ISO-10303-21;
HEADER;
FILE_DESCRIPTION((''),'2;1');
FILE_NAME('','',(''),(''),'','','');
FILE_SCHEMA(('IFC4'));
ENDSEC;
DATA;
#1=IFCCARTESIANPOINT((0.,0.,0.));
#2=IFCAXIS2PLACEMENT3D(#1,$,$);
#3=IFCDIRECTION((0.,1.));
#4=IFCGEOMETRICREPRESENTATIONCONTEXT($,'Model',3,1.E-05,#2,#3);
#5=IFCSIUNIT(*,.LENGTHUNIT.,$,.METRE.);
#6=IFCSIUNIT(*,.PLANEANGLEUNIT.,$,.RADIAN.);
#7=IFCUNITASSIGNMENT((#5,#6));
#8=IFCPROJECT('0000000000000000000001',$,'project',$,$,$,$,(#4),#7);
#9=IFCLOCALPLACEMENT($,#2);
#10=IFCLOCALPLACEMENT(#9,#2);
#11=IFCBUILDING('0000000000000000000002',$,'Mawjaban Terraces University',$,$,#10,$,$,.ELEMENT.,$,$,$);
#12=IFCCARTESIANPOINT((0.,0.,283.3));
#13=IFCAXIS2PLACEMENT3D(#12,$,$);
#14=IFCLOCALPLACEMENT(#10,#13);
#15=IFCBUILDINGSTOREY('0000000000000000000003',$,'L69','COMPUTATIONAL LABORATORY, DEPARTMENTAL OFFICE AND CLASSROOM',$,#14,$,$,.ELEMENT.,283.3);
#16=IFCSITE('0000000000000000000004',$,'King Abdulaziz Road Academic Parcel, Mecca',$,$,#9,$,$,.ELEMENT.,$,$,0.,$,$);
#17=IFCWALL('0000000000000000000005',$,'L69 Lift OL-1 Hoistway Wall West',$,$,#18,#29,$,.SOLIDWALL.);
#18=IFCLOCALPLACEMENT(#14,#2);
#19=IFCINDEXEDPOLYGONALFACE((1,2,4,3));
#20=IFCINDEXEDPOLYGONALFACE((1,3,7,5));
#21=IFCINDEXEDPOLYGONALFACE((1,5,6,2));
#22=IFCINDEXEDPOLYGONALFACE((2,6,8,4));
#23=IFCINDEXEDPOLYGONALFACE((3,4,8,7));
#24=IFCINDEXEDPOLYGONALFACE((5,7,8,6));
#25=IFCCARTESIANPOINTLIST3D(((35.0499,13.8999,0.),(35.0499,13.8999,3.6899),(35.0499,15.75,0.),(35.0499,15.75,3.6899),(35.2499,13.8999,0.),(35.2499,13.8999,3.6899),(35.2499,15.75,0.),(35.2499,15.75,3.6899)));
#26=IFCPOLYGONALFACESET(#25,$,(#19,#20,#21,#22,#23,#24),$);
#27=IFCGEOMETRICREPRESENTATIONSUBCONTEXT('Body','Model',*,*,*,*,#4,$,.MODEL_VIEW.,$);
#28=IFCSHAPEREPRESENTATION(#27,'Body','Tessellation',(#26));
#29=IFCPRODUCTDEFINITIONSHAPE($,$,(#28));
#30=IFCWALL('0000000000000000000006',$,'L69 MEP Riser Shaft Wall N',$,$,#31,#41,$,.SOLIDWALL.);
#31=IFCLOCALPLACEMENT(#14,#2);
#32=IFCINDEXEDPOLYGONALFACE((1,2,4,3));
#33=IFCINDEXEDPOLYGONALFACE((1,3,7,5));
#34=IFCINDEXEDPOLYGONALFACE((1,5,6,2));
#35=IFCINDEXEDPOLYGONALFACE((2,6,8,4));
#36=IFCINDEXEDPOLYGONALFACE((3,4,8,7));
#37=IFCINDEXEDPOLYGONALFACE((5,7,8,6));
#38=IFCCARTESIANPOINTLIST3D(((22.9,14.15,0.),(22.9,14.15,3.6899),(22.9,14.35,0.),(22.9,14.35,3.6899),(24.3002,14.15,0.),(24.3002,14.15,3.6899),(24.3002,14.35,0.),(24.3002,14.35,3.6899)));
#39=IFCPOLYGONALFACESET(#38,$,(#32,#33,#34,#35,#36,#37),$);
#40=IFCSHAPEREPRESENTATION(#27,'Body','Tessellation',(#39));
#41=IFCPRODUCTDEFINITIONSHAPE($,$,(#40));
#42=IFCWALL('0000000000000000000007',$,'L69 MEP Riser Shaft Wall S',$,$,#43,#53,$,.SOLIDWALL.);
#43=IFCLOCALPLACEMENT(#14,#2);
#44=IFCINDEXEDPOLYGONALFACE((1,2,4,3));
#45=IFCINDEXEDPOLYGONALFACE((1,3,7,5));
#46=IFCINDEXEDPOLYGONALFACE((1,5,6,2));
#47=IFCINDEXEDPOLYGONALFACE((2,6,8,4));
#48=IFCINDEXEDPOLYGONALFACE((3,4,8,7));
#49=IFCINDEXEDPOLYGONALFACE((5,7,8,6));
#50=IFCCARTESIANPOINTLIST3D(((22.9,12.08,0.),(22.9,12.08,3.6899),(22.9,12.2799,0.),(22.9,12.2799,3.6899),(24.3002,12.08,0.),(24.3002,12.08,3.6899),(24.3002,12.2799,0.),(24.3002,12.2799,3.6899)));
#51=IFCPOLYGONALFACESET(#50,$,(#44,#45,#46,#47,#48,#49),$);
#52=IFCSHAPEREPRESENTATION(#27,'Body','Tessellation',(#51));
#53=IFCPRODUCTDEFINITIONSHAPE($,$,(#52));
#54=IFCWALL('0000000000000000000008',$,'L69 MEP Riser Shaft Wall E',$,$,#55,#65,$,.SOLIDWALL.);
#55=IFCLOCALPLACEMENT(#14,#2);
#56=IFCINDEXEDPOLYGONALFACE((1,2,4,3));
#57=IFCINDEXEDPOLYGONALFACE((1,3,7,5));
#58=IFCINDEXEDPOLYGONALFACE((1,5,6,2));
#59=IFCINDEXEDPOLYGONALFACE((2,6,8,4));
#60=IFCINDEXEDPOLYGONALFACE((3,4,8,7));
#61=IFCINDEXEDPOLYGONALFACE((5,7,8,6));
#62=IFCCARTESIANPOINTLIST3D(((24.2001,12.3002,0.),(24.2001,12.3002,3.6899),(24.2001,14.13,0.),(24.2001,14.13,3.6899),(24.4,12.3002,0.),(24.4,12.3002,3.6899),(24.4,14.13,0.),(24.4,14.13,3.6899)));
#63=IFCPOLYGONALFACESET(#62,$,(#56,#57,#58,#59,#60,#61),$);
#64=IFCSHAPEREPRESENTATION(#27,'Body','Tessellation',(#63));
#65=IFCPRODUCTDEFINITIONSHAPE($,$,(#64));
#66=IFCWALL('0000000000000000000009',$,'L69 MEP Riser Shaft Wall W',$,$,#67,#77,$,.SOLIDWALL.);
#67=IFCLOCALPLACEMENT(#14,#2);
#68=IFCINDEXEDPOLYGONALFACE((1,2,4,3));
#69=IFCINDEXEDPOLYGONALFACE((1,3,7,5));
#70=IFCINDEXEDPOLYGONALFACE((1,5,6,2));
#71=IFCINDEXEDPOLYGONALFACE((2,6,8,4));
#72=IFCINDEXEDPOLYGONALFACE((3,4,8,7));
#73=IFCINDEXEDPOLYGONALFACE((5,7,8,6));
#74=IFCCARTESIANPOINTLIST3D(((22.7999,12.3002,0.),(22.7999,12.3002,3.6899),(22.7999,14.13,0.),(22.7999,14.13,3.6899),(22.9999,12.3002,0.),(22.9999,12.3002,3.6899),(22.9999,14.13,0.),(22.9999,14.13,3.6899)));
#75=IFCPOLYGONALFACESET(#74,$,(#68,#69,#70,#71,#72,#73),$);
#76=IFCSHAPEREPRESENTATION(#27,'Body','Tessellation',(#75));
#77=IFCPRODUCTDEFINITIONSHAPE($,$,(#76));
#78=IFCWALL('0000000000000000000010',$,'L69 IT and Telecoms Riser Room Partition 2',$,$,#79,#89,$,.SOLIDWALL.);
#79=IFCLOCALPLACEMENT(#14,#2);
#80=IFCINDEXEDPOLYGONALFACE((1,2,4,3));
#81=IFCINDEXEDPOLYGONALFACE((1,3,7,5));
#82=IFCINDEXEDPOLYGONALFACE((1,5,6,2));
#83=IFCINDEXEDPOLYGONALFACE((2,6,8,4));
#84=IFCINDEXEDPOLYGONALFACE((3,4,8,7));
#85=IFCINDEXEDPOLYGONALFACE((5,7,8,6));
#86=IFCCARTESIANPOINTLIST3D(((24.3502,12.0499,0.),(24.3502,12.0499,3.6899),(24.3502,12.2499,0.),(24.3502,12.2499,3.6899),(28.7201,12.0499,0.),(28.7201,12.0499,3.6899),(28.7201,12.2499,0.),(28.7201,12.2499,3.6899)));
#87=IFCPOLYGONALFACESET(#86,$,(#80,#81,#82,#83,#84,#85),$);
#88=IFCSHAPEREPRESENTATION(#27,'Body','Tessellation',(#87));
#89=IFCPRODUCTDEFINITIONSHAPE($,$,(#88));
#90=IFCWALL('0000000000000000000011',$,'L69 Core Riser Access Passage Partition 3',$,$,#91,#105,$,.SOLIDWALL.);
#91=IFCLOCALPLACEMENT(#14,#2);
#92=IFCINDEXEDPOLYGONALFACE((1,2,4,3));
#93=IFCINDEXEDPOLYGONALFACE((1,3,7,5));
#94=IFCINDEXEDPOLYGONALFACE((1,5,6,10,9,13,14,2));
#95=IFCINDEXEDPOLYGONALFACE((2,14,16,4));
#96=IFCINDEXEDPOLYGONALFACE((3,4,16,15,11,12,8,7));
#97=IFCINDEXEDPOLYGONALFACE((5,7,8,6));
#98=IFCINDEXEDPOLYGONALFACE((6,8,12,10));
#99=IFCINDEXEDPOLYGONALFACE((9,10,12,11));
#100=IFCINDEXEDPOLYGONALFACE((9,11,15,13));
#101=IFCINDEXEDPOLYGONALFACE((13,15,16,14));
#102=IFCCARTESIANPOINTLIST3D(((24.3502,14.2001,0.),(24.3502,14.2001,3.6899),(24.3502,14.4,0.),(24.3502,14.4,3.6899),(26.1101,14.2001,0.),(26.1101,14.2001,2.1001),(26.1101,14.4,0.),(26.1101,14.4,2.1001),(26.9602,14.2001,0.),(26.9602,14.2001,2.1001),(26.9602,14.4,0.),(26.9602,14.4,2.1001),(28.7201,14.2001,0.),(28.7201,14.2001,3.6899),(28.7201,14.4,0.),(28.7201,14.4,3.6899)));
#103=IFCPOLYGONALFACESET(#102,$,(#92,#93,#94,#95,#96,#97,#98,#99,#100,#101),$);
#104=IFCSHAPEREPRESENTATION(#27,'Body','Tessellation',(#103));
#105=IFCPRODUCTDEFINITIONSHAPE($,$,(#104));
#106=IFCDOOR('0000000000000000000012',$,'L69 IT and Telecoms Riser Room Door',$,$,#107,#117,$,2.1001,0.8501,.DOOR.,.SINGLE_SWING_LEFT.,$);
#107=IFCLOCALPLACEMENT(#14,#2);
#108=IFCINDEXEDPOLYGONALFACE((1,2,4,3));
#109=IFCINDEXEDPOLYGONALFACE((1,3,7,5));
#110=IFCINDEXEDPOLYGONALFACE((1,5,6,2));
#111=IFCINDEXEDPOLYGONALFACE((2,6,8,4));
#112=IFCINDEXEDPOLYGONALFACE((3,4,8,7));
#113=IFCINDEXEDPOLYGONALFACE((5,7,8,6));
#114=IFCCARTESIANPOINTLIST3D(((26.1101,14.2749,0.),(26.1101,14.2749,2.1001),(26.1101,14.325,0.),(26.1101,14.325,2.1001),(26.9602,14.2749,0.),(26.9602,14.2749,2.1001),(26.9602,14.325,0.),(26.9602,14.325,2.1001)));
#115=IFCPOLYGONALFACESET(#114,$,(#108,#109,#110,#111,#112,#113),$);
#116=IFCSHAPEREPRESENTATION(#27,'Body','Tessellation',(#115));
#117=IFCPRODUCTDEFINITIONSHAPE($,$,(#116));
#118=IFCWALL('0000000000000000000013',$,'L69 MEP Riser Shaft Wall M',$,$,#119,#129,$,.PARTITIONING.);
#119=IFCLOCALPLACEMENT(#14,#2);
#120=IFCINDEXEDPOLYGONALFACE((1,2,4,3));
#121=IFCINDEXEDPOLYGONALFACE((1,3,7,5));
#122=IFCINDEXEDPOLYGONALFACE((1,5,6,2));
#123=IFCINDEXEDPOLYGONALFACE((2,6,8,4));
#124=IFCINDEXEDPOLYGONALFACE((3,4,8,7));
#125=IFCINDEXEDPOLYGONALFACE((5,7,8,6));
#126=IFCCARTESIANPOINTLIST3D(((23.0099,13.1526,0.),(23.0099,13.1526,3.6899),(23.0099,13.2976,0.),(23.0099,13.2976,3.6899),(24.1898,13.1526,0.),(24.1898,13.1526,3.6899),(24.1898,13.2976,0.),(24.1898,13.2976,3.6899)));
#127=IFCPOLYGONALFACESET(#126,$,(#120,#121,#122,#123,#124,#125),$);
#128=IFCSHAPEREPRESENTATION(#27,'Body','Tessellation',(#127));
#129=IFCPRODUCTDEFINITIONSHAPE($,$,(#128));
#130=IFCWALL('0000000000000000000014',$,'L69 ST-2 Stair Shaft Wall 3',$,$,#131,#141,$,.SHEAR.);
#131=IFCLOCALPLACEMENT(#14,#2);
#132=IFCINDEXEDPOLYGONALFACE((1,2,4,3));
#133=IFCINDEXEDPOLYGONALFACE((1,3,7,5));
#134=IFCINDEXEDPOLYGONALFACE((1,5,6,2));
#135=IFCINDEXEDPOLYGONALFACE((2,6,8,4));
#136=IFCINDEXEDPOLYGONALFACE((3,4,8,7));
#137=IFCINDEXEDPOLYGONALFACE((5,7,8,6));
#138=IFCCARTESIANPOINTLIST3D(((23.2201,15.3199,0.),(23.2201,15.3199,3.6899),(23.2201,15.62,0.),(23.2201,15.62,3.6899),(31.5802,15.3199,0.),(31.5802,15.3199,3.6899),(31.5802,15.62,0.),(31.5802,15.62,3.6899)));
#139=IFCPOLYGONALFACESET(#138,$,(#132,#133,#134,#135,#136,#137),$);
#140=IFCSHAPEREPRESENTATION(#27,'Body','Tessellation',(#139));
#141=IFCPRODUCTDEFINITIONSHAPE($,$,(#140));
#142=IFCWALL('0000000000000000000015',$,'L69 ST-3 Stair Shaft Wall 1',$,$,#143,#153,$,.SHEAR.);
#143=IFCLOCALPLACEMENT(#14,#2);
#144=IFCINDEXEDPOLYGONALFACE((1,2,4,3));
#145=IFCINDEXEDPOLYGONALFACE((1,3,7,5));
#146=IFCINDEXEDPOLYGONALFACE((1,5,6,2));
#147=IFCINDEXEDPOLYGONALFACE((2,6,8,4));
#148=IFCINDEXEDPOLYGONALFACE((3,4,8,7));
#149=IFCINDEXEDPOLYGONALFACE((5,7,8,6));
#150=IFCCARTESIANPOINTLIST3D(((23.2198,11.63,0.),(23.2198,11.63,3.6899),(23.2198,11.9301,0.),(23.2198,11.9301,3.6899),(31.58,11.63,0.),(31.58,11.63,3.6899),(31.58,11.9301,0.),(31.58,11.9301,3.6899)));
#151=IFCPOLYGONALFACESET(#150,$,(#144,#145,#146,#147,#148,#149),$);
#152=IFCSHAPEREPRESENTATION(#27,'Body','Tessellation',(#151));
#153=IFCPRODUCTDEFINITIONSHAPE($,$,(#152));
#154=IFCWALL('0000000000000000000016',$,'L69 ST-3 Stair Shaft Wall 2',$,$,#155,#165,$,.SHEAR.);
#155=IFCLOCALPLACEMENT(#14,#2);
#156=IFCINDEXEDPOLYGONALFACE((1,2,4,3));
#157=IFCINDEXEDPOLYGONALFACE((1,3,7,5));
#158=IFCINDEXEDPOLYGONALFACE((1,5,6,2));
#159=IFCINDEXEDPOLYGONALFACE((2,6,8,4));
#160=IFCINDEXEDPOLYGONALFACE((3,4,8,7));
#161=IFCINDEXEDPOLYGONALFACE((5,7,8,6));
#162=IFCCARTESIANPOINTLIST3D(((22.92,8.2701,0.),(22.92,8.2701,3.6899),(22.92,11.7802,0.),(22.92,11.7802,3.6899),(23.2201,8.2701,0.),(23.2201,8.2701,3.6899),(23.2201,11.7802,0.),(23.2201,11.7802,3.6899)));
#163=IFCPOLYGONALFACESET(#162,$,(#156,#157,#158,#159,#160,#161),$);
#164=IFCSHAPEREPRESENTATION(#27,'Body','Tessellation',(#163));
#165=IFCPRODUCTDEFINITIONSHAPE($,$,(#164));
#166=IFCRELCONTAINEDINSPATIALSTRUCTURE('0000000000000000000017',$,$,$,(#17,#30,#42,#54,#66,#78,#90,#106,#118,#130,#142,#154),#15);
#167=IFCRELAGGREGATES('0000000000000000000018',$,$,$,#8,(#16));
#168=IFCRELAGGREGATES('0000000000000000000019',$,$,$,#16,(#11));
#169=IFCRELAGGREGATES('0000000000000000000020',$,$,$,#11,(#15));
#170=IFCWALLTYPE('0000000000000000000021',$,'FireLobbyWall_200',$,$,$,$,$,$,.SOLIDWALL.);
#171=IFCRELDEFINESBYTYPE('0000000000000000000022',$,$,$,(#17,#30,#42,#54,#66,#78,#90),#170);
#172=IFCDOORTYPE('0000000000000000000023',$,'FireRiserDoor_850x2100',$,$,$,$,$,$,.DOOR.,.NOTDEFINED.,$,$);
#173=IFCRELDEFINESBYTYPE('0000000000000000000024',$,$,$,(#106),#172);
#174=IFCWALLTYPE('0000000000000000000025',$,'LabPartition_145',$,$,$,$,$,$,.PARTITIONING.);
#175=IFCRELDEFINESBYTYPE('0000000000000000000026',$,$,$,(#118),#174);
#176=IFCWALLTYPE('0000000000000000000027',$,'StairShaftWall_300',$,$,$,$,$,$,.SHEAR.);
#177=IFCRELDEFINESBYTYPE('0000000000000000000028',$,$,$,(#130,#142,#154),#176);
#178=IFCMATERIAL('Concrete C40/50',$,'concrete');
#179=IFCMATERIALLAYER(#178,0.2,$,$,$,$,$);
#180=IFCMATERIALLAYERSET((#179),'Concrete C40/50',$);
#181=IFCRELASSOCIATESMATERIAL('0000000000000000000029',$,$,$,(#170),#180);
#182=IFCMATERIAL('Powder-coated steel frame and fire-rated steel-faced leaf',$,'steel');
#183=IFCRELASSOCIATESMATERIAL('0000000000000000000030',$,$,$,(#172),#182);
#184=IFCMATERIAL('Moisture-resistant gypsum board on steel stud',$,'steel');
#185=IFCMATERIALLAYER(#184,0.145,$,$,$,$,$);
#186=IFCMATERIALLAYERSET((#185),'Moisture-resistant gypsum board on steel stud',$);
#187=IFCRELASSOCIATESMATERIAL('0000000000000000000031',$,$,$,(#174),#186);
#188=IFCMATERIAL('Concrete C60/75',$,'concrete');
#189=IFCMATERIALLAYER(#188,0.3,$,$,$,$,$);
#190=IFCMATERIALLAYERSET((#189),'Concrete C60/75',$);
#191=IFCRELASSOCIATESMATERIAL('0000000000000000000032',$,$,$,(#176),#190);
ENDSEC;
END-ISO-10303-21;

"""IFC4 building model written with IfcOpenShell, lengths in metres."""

from ifc_helpers import new_model, si_unit, direction, frame, frame_2d, origin, place, context, subcontext, project, spatial, rectangle, extrude, material, layer, layer_set, type_object, element, fill, save


model = new_model("IFC4")

# Units and contexts
model_context = context("Model", 3, precision=1e-05, world=origin(), true_north=direction((0.0, 1.0)))
body_context = subcontext(model_context, "Body", "Model", "MODEL_VIEW")
ifc_project = project(units=[si_unit("LENGTHUNIT", "METRE"), si_unit("PLANEANGLEUNIT", "RADIAN")], contexts=[model_context])

# Site, building, storey
site_placement = place(None, origin())
site = spatial("IfcSite", under=ifc_project, at=site_placement, Name="King Abdulaziz Road Academic Parcel, Mecca", CompositionType="ELEMENT", RefElevation=0.0)
building_placement = place(site_placement, origin())
building = spatial("IfcBuilding", under=site, at=building_placement, Name="Mawjaban Terraces University", CompositionType="ELEMENT")
storey_placement = place(building_placement, frame((0.0, 0.0, 283.3)))
storey = spatial("IfcBuildingStorey", under=building, at=storey_placement, Name="L69", Description="COMPUTATIONAL LABORATORY, DEPARTMENTAL OFFICE AND CLASSROOM", CompositionType="ELEMENT", Elevation=283.3)

# Shared definitions
ifc_material_1 = material(Name="Concrete C40/50", Category="concrete")
ifc_layer_1 = layer(ifc_material_1, 0.2)
ifc_layer_set_1 = layer_set([ifc_layer_1], Name="Concrete C40/50")
wall_type_1 = type_object("IfcWallType", Name="FireLobbyWall_200", PredefinedType="SOLIDWALL", material=ifc_layer_set_1)
ifc_material_2 = material(Name="Powder-coated steel frame and fire-rated steel-faced leaf", Category="steel")

# Walls
wall_1_placement = place(storey_placement, frame((35.1499, 15.75, 0.0), z_axis=(0.0, 0.0, 1.0), x_axis=(0.0, -1.0, 0.0)))
element("IfcWall", 1, at=wall_1_placement, inside=storey, type_object=wall_type_1, Name="L69 Lift OL-1 Hoistway Wall West", PredefinedType="SOLIDWALL", context=body_context, shape_type="SweptSolid", body=[
    extrude(rectangle(XDim=1.8501, YDim=0.2, at=frame_2d((0.925, 0.0))), origin(), (0.0, 0.0, 1.0), 3.6899),
])
for number, where, z_axis, x_axis, name in (
    (2, (22.8999, 14.25, 0.0), (0.0, 0.0, 1.0), (1.0, 0.0, 0.0), "L69 MEP Riser Shaft Wall N"),
    (3, (22.8999, 12.1799, 0.0), (0.0, 0.0, 1.0), (1.0, 0.0, 0.0), "L69 MEP Riser Shaft Wall S"),
):
    element("IfcWall", number, at=place(storey_placement, frame(where, z_axis=z_axis, x_axis=x_axis)), inside=storey, type_object=wall_type_1, Name=name, PredefinedType="SOLIDWALL", context=body_context, shape_type="SweptSolid", body=[
        extrude(rectangle(XDim=1.4001, YDim=0.2, at=frame_2d((0.7002, 0.0))), origin(), (0.0, 0.0, 1.0), 3.6899),
    ])
for number, where, z_axis, x_axis, name in (
    (4, (24.3, 12.3, 0.0), (0.0, 0.0, 1.0), (0.0, 1.0, 0.0), "L69 MEP Riser Shaft Wall E"),
    (5, (22.8999, 12.3, 0.0), (0.0, 0.0, 1.0), (0.0, 1.0, 0.0), "L69 MEP Riser Shaft Wall W"),
):
    element("IfcWall", number, at=place(storey_placement, frame(where, z_axis=z_axis, x_axis=x_axis)), inside=storey, type_object=wall_type_1, Name=name, PredefinedType="SOLIDWALL", context=body_context, shape_type="SweptSolid", body=[
        extrude(rectangle(XDim=1.8298, YDim=0.2, at=frame_2d((0.915, 0.0))), origin(), (0.0, 0.0, 1.0), 3.6899),
    ])
wall_2_placement = place(storey_placement, frame((24.3501, 12.1499, 0.0), z_axis=(0.0, 0.0, 1.0), x_axis=(1.0, 0.0, 0.0)))
element("IfcWall", 6, at=wall_2_placement, inside=storey, type_object=wall_type_1, Name="L69 IT and Telecoms Riser Room Partition 2", PredefinedType="SOLIDWALL", context=body_context, shape_type="SweptSolid", body=[
    extrude(rectangle(XDim=4.3699, YDim=0.2, at=frame_2d((2.1851, 0.0))), origin(), (0.0, 0.0, 1.0), 3.6899),
])

# Wall, opening, door
wall_3_placement = place(storey_placement, frame((24.3501, 14.3, 0.0), z_axis=(0.0, 0.0, 1.0), x_axis=(1.0, 0.0, 0.0)))
wall_3 = element("IfcWall", 7, at=wall_3_placement, inside=storey, type_object=wall_type_1, Name="L69 Core Riser Access Passage Partition 3", PredefinedType="SOLIDWALL", context=body_context, shape_type="SweptSolid", body=[
    extrude(rectangle(XDim=4.3699, YDim=0.2, at=frame_2d((2.1851, 0.0))), origin(), (0.0, 0.0, 1.0), 3.6899),
])
opening_1_placement = place(wall_3_placement, frame((1.76, 0.0, 0.0)))
opening_1 = element("IfcOpeningElement", 8, at=opening_1_placement, cuts=wall_3, PredefinedType="OPENING", context=body_context, shape_type="SweptSolid", body=[
    extrude(rectangle(XDim=0.8501, YDim=2.1001, at=frame_2d((0.425, 1.05))), frame((0.0, 0.1099, 0.0), z_axis=(0.0, -1.0, 0.0), x_axis=(1.0, 0.0, 0.0)), (0.0, 0.0, 1.0), 0.22),
])
door_type_1 = type_object("IfcDoorType", Name="FireRiserDoor_850x2100", OperationType="NOTDEFINED", PredefinedType="DOOR", material=ifc_material_2)
door_1_placement = place(opening_1_placement, origin())
door_1 = element("IfcDoor", 9, at=door_1_placement, inside=storey, type_object=door_type_1, Name="L69 IT and Telecoms Riser Room Door", OperationType="SINGLE_SWING_LEFT", OverallHeight=2.1001, OverallWidth=0.8501, PredefinedType="DOOR", context=body_context, shape_type="SweptSolid", body=[
    extrude(rectangle(XDim=0.8501, YDim=2.1001, at=frame_2d((0.425, 1.05))), frame((0.0, 0.0249, 0.0), z_axis=(0.0, -1.0, 0.0), x_axis=(1.0, 0.0, 0.0)), (0.0, 0.0, 1.0), 0.05),
])
fill(opening_1, door_1)

# Walls
ifc_material_3 = material(Name="Moisture-resistant gypsum board on steel stud", Category="steel")
ifc_layer_2 = layer(ifc_material_3, 0.145)
ifc_layer_set_2 = layer_set([ifc_layer_2], Name="Moisture-resistant gypsum board on steel stud")
wall_type_2 = type_object("IfcWallType", Name="LabPartition_145", PredefinedType="PARTITIONING", material=ifc_layer_set_2)
wall_4_placement = place(storey_placement, frame((23.01, 13.2251, 0.0), z_axis=(0.0, 0.0, 1.0), x_axis=(1.0, 0.0, 0.0)))
element("IfcWall", 10, at=wall_4_placement, inside=storey, type_object=wall_type_2, Name="L69 MEP Riser Shaft Wall M", PredefinedType="PARTITIONING", context=body_context, shape_type="SweptSolid", body=[
    extrude(rectangle(XDim=1.1799, YDim=0.145, at=frame_2d((0.5898, 0.0))), origin(), (0.0, 0.0, 1.0), 3.6899),
])
ifc_material_4 = material(Name="Concrete C60/75", Category="concrete")
ifc_layer_3 = layer(ifc_material_4, 0.3)
ifc_layer_set_3 = layer_set([ifc_layer_3], Name="Concrete C60/75")
wall_type_3 = type_object("IfcWallType", Name="StairShaftWall_300", PredefinedType="SHEAR", material=ifc_layer_set_3)
wall_5_placement = place(storey_placement, frame((23.22, 15.47, 0.0), z_axis=(0.0, 0.0, 1.0), x_axis=(1.0, 0.0, 0.0)))
element("IfcWall", 11, at=wall_5_placement, inside=storey, type_object=wall_type_3, Name="L69 ST-2 Stair Shaft Wall 3", PredefinedType="SHEAR", context=body_context, shape_type="SweptSolid", body=[
    extrude(rectangle(XDim=8.3601, YDim=0.3, at=frame_2d((4.1802, 0.0))), origin(), (0.0, 0.0, 1.0), 3.6899),
])

# Walls
wall_6_placement = place(storey_placement, frame((31.5801, 11.78, 0.0), z_axis=(0.0, 0.0, 1.0), x_axis=(-1.0, 0.0, 0.0)))
element("IfcWall", 12, at=wall_6_placement, inside=storey, type_object=wall_type_3, Name="L69 ST-3 Stair Shaft Wall 1", PredefinedType="SHEAR", context=body_context, shape_type="SweptSolid", body=[
    extrude(rectangle(XDim=8.3601, YDim=0.3, at=frame_2d((4.1802, 0.0))), origin(), (0.0, 0.0, 1.0), 3.6899),
])
wall_7_placement = place(storey_placement, frame((23.0701, 11.78, 0.0), z_axis=(0.0, 0.0, 1.0), x_axis=(0.0, -1.0, 0.0)))
element("IfcWall", 13, at=wall_7_placement, inside=storey, type_object=wall_type_3, Name="L69 ST-3 Stair Shaft Wall 2", PredefinedType="SHEAR", context=body_context, shape_type="SweptSolid", body=[
    extrude(rectangle(XDim=3.51, YDim=0.3, at=frame_2d((1.7549, 0.0))), origin(), (0.0, 0.0, 1.0), 3.6899),
])

save(model, "model.ifc")
